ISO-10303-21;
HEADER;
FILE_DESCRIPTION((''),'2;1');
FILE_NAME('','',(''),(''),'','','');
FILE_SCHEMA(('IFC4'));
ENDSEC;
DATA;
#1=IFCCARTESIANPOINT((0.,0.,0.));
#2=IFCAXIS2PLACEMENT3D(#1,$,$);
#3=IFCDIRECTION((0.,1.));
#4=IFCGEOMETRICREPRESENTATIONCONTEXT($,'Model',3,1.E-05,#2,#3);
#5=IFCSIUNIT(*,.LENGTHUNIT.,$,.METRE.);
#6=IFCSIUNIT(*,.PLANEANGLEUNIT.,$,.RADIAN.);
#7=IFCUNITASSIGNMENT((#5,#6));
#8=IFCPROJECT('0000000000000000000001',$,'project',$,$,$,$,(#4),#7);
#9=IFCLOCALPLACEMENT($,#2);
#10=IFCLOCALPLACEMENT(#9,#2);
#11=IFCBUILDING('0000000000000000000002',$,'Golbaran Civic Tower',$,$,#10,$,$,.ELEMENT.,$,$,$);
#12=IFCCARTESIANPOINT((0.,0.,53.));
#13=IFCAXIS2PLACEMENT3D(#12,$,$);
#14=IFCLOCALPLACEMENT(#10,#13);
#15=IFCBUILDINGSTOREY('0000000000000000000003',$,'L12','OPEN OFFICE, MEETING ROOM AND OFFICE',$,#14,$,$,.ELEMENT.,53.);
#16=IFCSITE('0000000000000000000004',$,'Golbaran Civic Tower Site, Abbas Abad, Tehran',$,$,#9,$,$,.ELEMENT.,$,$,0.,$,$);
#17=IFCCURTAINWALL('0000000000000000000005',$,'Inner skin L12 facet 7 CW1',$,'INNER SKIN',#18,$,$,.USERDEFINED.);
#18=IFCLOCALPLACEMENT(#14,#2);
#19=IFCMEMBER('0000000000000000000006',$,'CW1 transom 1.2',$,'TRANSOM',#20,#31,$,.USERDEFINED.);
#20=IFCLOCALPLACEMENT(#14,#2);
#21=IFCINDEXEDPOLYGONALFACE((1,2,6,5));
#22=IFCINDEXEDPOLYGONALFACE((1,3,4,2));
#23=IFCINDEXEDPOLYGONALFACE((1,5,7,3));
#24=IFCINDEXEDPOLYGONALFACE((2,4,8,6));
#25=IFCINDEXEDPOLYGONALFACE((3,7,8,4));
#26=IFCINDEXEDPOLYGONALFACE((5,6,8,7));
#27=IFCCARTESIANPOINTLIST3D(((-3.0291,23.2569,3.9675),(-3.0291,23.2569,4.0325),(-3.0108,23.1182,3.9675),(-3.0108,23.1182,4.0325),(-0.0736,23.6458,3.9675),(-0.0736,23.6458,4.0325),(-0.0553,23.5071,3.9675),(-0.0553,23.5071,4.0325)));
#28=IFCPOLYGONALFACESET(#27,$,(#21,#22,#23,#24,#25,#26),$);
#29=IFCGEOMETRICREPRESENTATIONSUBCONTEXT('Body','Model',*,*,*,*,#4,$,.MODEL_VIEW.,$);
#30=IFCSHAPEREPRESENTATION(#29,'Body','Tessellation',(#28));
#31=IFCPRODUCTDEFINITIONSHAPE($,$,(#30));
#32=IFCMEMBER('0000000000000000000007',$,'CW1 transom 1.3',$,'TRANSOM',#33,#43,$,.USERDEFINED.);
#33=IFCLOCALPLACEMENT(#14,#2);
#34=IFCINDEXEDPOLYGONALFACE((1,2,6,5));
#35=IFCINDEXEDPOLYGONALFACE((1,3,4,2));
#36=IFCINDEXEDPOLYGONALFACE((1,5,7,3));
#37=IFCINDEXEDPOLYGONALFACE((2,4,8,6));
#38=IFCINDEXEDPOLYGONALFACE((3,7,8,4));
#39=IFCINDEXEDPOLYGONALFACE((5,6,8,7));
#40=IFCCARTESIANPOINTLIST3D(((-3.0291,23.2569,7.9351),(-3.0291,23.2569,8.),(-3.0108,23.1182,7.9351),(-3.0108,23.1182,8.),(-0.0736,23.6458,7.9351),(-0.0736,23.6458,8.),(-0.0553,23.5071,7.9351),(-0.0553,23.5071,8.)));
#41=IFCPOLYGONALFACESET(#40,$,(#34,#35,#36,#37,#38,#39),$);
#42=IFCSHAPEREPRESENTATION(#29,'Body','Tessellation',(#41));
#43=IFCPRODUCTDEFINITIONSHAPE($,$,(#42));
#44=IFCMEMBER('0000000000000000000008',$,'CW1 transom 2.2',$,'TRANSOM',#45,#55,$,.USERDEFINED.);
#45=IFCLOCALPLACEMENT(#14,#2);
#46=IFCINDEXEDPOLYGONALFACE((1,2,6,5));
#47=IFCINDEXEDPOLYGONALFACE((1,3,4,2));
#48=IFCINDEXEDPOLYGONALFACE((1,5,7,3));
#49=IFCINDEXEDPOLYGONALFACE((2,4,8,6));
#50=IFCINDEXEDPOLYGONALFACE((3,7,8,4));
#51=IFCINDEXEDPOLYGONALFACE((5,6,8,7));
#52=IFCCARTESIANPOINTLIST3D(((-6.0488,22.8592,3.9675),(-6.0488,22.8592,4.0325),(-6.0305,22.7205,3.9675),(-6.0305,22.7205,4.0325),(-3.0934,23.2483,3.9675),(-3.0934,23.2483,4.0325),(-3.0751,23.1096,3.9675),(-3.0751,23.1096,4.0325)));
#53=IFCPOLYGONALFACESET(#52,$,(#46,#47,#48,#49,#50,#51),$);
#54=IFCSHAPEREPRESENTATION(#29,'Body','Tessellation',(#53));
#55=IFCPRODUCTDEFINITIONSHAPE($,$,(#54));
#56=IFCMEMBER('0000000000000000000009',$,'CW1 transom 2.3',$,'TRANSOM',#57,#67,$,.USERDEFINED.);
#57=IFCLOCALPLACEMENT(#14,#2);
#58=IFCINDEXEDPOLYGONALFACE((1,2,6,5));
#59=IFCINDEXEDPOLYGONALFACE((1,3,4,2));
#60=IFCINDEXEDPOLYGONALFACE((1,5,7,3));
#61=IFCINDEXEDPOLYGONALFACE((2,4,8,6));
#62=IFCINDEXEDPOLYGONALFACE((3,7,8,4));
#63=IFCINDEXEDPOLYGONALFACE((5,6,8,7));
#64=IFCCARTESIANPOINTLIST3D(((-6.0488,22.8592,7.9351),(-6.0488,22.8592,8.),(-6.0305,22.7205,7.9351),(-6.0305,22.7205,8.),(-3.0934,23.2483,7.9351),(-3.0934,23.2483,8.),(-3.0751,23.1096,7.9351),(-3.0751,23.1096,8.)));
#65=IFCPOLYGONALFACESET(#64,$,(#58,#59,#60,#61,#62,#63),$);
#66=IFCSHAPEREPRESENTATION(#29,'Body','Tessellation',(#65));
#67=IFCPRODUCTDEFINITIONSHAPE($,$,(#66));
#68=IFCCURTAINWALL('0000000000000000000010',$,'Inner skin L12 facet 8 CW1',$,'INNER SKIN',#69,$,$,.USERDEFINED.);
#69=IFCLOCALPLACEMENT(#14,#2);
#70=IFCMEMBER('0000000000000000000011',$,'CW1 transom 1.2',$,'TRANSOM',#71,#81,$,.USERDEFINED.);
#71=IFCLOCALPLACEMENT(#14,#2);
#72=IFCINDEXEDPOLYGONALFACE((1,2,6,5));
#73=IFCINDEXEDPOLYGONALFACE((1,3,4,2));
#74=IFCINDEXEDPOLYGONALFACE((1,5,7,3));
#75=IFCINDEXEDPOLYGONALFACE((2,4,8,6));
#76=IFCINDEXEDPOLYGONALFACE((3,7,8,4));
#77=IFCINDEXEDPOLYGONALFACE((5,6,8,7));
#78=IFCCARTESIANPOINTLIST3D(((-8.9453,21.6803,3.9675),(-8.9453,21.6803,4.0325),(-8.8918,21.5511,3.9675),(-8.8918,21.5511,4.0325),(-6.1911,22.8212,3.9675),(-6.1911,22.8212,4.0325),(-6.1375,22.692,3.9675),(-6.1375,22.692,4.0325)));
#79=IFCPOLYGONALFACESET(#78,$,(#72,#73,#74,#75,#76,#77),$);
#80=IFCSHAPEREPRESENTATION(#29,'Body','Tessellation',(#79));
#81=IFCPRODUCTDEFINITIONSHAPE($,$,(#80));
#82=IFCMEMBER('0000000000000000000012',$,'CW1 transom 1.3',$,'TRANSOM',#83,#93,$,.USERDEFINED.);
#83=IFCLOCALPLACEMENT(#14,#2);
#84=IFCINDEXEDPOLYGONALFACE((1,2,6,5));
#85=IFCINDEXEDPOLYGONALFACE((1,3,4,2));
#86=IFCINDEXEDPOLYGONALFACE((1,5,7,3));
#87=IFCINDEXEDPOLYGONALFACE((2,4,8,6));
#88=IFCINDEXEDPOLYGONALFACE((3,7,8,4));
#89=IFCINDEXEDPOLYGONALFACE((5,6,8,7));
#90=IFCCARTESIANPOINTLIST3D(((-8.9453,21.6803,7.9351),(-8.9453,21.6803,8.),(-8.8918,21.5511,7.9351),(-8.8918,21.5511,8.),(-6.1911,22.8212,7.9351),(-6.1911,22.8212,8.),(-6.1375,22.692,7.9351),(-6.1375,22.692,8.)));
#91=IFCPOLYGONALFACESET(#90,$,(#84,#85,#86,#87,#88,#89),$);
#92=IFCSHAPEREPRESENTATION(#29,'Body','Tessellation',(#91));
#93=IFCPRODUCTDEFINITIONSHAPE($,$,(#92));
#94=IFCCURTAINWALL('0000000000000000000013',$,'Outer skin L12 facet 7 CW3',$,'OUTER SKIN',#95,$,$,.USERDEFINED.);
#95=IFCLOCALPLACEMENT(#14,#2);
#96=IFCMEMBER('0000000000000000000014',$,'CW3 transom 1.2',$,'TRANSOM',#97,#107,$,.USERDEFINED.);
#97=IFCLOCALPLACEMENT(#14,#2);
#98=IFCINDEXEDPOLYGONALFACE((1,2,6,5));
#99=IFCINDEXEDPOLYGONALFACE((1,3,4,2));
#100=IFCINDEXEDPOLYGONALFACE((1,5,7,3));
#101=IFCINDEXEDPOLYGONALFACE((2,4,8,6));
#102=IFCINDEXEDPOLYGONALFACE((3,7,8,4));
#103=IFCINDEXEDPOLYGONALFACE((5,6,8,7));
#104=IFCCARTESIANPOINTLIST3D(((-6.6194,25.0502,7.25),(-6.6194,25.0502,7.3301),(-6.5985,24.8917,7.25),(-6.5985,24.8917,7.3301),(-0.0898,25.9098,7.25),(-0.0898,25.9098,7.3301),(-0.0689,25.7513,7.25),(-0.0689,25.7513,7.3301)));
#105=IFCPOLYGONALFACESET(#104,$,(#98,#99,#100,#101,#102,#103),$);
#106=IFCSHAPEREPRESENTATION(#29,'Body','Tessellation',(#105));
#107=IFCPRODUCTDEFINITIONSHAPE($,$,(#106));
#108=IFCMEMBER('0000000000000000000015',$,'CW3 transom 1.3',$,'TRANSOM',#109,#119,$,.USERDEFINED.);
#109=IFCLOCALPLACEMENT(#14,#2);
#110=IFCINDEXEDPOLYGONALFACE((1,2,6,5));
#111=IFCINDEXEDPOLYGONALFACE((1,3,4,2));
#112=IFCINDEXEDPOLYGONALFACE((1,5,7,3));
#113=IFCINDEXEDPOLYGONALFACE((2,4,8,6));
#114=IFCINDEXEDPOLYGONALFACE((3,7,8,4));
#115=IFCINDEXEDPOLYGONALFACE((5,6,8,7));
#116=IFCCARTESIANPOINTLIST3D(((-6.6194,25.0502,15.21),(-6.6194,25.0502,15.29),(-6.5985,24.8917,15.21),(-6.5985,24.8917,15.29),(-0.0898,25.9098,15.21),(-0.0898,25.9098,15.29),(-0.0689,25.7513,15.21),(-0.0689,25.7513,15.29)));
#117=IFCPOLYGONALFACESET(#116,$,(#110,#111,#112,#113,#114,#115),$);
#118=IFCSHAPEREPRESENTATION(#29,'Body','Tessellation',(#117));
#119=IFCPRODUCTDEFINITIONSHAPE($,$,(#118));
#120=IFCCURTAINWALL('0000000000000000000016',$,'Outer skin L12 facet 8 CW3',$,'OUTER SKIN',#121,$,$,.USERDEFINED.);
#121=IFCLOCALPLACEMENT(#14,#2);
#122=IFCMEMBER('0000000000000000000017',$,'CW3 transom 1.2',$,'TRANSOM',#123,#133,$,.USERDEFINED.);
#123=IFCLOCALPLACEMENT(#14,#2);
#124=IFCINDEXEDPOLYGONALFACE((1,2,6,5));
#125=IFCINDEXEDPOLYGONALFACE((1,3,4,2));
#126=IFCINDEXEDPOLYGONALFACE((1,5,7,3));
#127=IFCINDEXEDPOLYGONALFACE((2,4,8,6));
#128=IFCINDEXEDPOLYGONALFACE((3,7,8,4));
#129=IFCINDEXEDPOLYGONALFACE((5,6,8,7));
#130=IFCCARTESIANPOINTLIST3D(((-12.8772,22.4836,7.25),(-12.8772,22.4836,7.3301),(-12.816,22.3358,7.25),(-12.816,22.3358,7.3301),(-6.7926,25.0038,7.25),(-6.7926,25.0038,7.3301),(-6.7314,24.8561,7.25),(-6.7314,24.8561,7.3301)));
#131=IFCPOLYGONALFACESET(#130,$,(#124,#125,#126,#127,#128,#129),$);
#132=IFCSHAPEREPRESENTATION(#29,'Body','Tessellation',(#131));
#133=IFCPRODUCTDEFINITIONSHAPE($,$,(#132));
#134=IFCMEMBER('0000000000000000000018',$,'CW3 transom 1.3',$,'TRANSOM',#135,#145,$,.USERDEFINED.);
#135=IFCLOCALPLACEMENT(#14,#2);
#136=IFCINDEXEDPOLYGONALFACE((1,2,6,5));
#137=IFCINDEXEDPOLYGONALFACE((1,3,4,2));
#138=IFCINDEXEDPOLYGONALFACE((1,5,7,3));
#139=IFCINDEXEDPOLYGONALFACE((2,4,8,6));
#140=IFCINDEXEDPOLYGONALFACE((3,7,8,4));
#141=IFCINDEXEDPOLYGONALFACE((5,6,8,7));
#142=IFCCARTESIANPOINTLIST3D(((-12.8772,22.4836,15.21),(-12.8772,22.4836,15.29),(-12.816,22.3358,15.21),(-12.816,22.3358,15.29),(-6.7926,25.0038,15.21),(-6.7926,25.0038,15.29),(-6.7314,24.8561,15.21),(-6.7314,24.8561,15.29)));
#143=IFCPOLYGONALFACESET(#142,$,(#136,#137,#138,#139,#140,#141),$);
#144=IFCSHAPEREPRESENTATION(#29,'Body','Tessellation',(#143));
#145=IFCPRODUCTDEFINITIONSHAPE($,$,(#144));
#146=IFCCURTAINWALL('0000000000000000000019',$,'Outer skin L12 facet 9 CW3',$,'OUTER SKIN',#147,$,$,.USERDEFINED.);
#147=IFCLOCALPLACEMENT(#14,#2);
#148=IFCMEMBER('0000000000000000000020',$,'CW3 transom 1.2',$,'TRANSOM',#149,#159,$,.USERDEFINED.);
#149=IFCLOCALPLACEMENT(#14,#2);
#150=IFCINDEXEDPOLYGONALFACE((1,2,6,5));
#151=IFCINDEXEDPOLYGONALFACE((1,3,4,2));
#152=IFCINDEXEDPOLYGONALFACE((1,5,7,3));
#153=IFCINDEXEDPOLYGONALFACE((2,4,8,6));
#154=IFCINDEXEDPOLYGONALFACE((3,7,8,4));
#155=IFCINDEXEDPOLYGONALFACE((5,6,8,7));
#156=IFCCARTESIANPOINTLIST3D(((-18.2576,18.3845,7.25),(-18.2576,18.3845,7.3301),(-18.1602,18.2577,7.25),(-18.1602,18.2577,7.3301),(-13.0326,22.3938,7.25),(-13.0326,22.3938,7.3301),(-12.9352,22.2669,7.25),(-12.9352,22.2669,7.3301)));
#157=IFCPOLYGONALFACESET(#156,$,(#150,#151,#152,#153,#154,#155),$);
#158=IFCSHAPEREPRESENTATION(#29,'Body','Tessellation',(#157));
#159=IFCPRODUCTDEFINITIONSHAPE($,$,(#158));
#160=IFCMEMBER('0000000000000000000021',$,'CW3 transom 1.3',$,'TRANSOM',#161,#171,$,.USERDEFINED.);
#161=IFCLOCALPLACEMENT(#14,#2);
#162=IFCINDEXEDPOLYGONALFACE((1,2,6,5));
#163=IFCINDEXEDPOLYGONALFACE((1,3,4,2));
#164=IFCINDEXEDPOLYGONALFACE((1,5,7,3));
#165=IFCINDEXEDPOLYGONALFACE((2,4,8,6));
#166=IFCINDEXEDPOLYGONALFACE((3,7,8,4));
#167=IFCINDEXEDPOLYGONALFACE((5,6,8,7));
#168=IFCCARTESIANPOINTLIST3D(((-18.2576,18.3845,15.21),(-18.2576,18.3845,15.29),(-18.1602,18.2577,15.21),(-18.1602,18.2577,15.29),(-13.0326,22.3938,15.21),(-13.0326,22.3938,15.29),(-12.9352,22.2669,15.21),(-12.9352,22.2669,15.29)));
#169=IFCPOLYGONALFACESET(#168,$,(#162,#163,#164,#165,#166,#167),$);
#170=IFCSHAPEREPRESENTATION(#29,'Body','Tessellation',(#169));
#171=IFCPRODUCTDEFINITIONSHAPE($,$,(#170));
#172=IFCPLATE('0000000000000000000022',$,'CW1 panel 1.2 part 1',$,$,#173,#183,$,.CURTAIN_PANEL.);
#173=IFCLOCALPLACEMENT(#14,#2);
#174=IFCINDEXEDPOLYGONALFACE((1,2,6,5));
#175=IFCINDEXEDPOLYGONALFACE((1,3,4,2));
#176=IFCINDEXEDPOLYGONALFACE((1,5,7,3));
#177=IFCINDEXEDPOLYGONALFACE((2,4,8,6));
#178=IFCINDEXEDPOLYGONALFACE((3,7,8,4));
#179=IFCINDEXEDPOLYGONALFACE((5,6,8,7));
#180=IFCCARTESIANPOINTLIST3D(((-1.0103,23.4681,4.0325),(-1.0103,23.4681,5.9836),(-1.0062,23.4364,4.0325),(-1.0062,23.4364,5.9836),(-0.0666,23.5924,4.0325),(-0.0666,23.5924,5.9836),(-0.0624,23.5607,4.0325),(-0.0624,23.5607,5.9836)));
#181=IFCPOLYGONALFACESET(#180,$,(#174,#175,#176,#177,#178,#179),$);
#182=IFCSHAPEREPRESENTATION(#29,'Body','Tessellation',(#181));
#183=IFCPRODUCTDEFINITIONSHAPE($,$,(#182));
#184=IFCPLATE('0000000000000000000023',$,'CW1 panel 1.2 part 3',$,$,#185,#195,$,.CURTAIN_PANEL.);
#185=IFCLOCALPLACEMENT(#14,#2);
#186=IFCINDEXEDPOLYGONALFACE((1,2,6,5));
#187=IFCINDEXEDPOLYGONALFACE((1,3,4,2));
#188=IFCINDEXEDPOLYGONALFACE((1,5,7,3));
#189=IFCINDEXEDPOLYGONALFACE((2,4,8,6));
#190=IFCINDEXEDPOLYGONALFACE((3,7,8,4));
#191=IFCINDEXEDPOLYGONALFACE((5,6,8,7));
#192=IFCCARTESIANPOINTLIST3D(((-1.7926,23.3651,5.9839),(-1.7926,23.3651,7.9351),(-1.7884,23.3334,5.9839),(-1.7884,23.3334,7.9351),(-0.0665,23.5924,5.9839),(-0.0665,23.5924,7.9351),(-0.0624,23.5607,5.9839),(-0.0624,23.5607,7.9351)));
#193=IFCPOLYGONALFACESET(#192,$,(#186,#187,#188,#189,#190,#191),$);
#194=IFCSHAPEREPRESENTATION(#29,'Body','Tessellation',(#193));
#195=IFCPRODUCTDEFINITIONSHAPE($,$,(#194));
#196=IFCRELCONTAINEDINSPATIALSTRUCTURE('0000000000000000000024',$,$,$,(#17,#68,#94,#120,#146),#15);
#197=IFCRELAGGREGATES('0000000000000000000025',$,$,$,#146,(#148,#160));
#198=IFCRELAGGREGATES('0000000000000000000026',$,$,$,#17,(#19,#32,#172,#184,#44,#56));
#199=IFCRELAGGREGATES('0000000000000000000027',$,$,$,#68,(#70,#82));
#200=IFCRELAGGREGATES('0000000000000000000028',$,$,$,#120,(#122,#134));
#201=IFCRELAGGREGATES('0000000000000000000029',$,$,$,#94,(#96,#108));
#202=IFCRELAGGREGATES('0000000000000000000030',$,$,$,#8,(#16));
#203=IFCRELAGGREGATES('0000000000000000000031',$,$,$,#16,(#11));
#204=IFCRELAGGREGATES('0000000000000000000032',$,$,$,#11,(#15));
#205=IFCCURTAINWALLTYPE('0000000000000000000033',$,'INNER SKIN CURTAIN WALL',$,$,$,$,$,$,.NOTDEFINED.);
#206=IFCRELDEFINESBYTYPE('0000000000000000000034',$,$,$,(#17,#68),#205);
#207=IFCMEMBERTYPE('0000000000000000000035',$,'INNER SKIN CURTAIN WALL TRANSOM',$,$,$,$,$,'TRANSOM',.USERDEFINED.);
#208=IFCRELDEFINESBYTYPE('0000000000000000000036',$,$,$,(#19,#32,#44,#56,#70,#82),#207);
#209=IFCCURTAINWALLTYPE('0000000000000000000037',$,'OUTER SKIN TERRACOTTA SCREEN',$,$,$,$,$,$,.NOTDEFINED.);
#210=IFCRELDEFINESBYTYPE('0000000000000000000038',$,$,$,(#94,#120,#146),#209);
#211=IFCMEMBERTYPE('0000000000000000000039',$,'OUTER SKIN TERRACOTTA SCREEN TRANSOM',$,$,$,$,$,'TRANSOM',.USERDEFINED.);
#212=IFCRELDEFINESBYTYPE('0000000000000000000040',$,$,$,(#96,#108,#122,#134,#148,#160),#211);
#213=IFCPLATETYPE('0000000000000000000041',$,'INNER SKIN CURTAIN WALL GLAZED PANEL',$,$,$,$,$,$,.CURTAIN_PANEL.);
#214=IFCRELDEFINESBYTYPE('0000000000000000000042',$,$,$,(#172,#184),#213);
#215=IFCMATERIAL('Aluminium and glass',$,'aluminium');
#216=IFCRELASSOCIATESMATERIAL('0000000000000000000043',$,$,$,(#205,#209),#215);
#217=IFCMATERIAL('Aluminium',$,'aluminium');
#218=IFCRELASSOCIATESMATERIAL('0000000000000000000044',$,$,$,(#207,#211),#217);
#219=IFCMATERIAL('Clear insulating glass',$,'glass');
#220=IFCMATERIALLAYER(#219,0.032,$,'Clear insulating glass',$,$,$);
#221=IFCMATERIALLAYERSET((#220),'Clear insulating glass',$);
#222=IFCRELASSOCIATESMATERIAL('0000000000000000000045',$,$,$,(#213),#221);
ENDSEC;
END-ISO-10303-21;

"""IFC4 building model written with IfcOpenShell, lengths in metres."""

from ifc_helpers import new_model, si_unit, direction, frame, origin, origin_2d, place, context, subcontext, project, spatial, rectangle, extrude, material, layer, layer_set, material_profile, profile_set, type_object, element, aggregate, save


model = new_model("IFC4")

# Units and contexts
model_context = context("Model", 3, precision=1e-05, world=origin(), true_north=direction((0.0, 1.0)))
body_context = subcontext(model_context, "Body", "Model", "MODEL_VIEW")
ifc_project = project(units=[si_unit("LENGTHUNIT", "METRE"), si_unit("PLANEANGLEUNIT", "RADIAN")], contexts=[model_context])

# Site, building, storey
site_placement = place(None, origin())
site = spatial("IfcSite", under=ifc_project, at=site_placement, Name="Golbaran Civic Tower Site, Abbas Abad, Tehran", CompositionType="ELEMENT", RefElevation=0.0)
building_placement = place(site_placement, origin())
building = spatial("IfcBuilding", under=site, at=building_placement, Name="Golbaran Civic Tower", CompositionType="ELEMENT")
storey_placement = place(building_placement, frame((0.0, 0.0, 53.0)))
storey = spatial("IfcBuildingStorey", under=building, at=storey_placement, Name="L12", Description="OPEN OFFICE, MEETING ROOM AND OFFICE", CompositionType="ELEMENT", Elevation=53.0)

# Curtain walls, members
ifc_material_1 = material(Name="Aluminium and glass", Category="aluminium")
curtain_wall_type_1 = type_object("IfcCurtainWallType", Name="INNER SKIN CURTAIN WALL", PredefinedType="NOTDEFINED", material=ifc_material_1)
curtain_wall_1_placement = place(storey_placement, origin())
curtain_wall_1 = element("IfcCurtainWall", 1, at=curtain_wall_1_placement, inside=storey, type_object=curtain_wall_type_1, Name="Inner skin L12 facet 7 CW1", ObjectType="INNER SKIN", PredefinedType="USERDEFINED")
ifc_material_2 = material(Name="Aluminium", Category="aluminium")
ifc_material_profile_1 = material_profile(ifc_material_2, rectangle(XDim=0.1399, YDim=0.0649, at=origin_2d()), Name="INNER SKIN CURTAIN WALL TRANSOM")
ifc_profile_set_1 = profile_set([ifc_material_profile_1], Name="Aluminium")
member_type_1 = type_object("IfcMemberType", Name="INNER SKIN CURTAIN WALL TRANSOM", ElementType="TRANSOM", PredefinedType="USERDEFINED", material=ifc_profile_set_1)
member_1_placement = place(storey_placement, frame((-0.0645, 23.5764, 4.0), z_axis=(-0.991453, -0.130463, 0.0), x_axis=(0.130463, -0.991453, 0.0)))
member_1 = element("IfcMember", 2, at=member_1_placement, type_object=member_type_1, Name="CW1 transom 1.2", ObjectType="TRANSOM", PredefinedType="USERDEFINED", context=body_context, shape_type="SweptSolid", body=[
    extrude(rectangle(XDim=0.1399, YDim=0.0649, at=origin_2d()), origin(), (0.0, 0.0, 1.0), 2.981),
])
member_2_placement = place(storey_placement, frame((-0.0645, 23.5764, 7.9675), z_axis=(-0.991453, -0.130463, 0.0), x_axis=(0.130463, -0.991453, 0.0)))
member_2 = element("IfcMember", 3, at=member_2_placement, type_object=member_type_1, Name="CW1 transom 1.3", ObjectType="TRANSOM", PredefinedType="USERDEFINED", context=body_context, shape_type="SweptSolid", body=[
    extrude(rectangle(XDim=0.1399, YDim=0.0649, at=origin_2d()), origin(), (0.0, 0.0, 1.0), 2.981),
])
member_3_placement = place(storey_placement, frame((-3.0842, 23.179, 4.0), z_axis=(-0.991443, -0.130543, 0.0), x_axis=(0.130543, -0.991443, 0.0)))
member_3 = element("IfcMember", 4, at=member_3_placement, type_object=member_type_1, Name="CW1 transom 2.2", ObjectType="TRANSOM", PredefinedType="USERDEFINED", context=body_context, shape_type="SweptSolid", body=[
    extrude(rectangle(XDim=0.1399, YDim=0.0649, at=origin_2d()), origin(), (0.0, 0.0, 1.0), 2.981),
])
member_4_placement = place(storey_placement, frame((-3.0842, 23.179, 7.9675), z_axis=(-0.991443, -0.130543, 0.0), x_axis=(0.130543, -0.991443, 0.0)))
member_4 = element("IfcMember", 5, at=member_4_placement, type_object=member_type_1, Name="CW1 transom 2.3", ObjectType="TRANSOM", PredefinedType="USERDEFINED", context=body_context, shape_type="SweptSolid", body=[
    extrude(rectangle(XDim=0.1399, YDim=0.0649, at=origin_2d()), origin(), (0.0, 0.0, 1.0), 2.981),
])
curtain_wall_2_placement = place(storey_placement, origin())
curtain_wall_2 = element("IfcCurtainWall", 6, at=curtain_wall_2_placement, inside=storey, type_object=curtain_wall_type_1, Name="Inner skin L12 facet 8 CW1", ObjectType="INNER SKIN", PredefinedType="USERDEFINED")
member_5_placement = place(storey_placement, frame((-6.1643, 22.7566, 4.0), z_axis=(-0.923872, -0.382701, 0.0), x_axis=(0.382701, -0.923872, 0.0)))
member_5 = element("IfcMember", 7, at=member_5_placement, type_object=member_type_1, Name="CW1 transom 1.2", ObjectType="TRANSOM", PredefinedType="USERDEFINED", context=body_context, shape_type="SweptSolid", body=[
    extrude(rectangle(XDim=0.1399, YDim=0.0649, at=origin_2d()), origin(), (0.0, 0.0, 1.0), 2.9812),
])
member_6_placement = place(storey_placement, frame((-6.1643, 22.7566, 7.9675), z_axis=(-0.923872, -0.382701, 0.0), x_axis=(0.382701, -0.923872, 0.0)))
member_6 = element("IfcMember", 8, at=member_6_placement, type_object=member_type_1, Name="CW1 transom 1.3", ObjectType="TRANSOM", PredefinedType="USERDEFINED", context=body_context, shape_type="SweptSolid", body=[
    extrude(rectangle(XDim=0.1399, YDim=0.0649, at=origin_2d()), origin(), (0.0, 0.0, 1.0), 2.9812),
])
curtain_wall_type_2 = type_object("IfcCurtainWallType", Name="OUTER SKIN TERRACOTTA SCREEN", PredefinedType="NOTDEFINED", material=ifc_material_1)
curtain_wall_3_placement = place(storey_placement, origin())
curtain_wall_3 = element("IfcCurtainWall", 9, at=curtain_wall_3_placement, inside=storey, type_object=curtain_wall_type_2, Name="Outer skin L12 facet 7 CW3", ObjectType="OUTER SKIN", PredefinedType="USERDEFINED")
ifc_material_profile_2 = material_profile(ifc_material_2, rectangle(XDim=0.1599, YDim=0.0801, at=origin_2d()), Name="OUTER SKIN TERRACOTTA SCREEN TRANSOM")
ifc_profile_set_2 = profile_set([ifc_material_profile_2], Name="Aluminium")
member_type_2 = type_object("IfcMemberType", Name="OUTER SKIN TERRACOTTA SCREEN TRANSOM", ElementType="TRANSOM", PredefinedType="USERDEFINED", material=ifc_profile_set_2)
member_7_placement = place(storey_placement, frame((-0.0793, 25.8306, 7.29), z_axis=(-0.991445, -0.130525, 0.0), x_axis=(0.130525, -0.991445, 0.0)))
member_7 = element("IfcMember", 10, at=member_7_placement, type_object=member_type_2, Name="CW3 transom 1.2", ObjectType="TRANSOM", PredefinedType="USERDEFINED", context=body_context, shape_type="SweptSolid", body=[
    extrude(rectangle(XDim=0.1599, YDim=0.0801, at=origin_2d()), origin(), (0.0, 0.0, 1.0), 6.5859),
])
member_8_placement = place(storey_placement, frame((-0.0793, 25.8306, 15.25), z_axis=(-0.991445, -0.130525, 0.0), x_axis=(0.130525, -0.991445, 0.0)))
member_8 = element("IfcMember", 11, at=member_8_placement, type_object=member_type_2, Name="CW3 transom 1.3", ObjectType="TRANSOM", PredefinedType="USERDEFINED", context=body_context, shape_type="SweptSolid", body=[
    extrude(rectangle(XDim=0.1599, YDim=0.0801, at=origin_2d()), origin(), (0.0, 0.0, 1.0), 6.5859),
])
curtain_wall_4_placement = place(storey_placement, origin())
curtain_wall_4 = element("IfcCurtainWall", 12, at=curtain_wall_4_placement, inside=storey, type_object=curtain_wall_type_2, Name="Outer skin L12 facet 8 CW3", ObjectType="OUTER SKIN", PredefinedType="USERDEFINED")
member_9_placement = place(storey_placement, frame((-6.762, 24.9299, 7.29), z_axis=(-0.923885, -0.382669, 0.0), x_axis=(0.382669, -0.923885, 0.0)))
member_9 = element("IfcMember", 13, at=member_9_placement, type_object=member_type_2, Name="CW3 transom 1.2", ObjectType="TRANSOM", PredefinedType="USERDEFINED", context=body_context, shape_type="SweptSolid", body=[
    extrude(rectangle(XDim=0.1599, YDim=0.0801, at=origin_2d()), origin(), (0.0, 0.0, 1.0), 6.5859),
])
member_10_placement = place(storey_placement, frame((-6.762, 24.9299, 15.25), z_axis=(-0.923885, -0.382669, 0.0), x_axis=(0.382669, -0.923885, 0.0)))
member_10 = element("IfcMember", 14, at=member_10_placement, type_object=member_type_2, Name="CW3 transom 1.3", ObjectType="TRANSOM", PredefinedType="USERDEFINED", context=body_context, shape_type="SweptSolid", body=[
    extrude(rectangle(XDim=0.1599, YDim=0.0801, at=origin_2d()), origin(), (0.0, 0.0, 1.0), 6.5859),
])
curtain_wall_5_placement = place(storey_placement, origin())
curtain_wall_5 = element("IfcCurtainWall", 15, at=curtain_wall_5_placement, inside=storey, type_object=curtain_wall_type_2, Name="Outer skin L12 facet 9 CW3", ObjectType="OUTER SKIN", PredefinedType="USERDEFINED")
member_11_placement = place(storey_placement, frame((-12.9839, 22.3303, 7.29), z_axis=(-0.793359, -0.608754, 0.0), x_axis=(0.608754, -0.793359, 0.0)))
member_11 = element("IfcMember", 16, at=member_11_placement, type_object=member_type_2, Name="CW3 transom 1.2", ObjectType="TRANSOM", PredefinedType="USERDEFINED", context=body_context, shape_type="SweptSolid", body=[
    extrude(rectangle(XDim=0.1599, YDim=0.0801, at=origin_2d()), origin(), (0.0, 0.0, 1.0), 6.5859),
])
member_12_placement = place(storey_placement, frame((-12.9839, 22.3303, 15.25), z_axis=(-0.793359, -0.608754, 0.0), x_axis=(0.608754, -0.793359, 0.0)))
member_12 = element("IfcMember", 17, at=member_12_placement, type_object=member_type_2, Name="CW3 transom 1.3", ObjectType="TRANSOM", PredefinedType="USERDEFINED", context=body_context, shape_type="SweptSolid", body=[
    extrude(rectangle(XDim=0.1599, YDim=0.0801, at=origin_2d()), origin(), (0.0, 0.0, 1.0), 6.5859),
])
aggregate(curtain_wall_5, [member_11, member_12])

# Plates
ifc_material_3 = material(Name="Clear insulating glass", Category="glass")
ifc_layer_1 = layer(ifc_material_3, 0.032, Name="Clear insulating glass")
ifc_layer_set_1 = layer_set([ifc_layer_1], Name="Clear insulating glass")
plate_type_1 = type_object("IfcPlateType", Name="INNER SKIN CURTAIN WALL GLAZED PANEL", PredefinedType="CURTAIN_PANEL", material=ifc_layer_set_1)
plate_1_placement = place(storey_placement, frame((-0.5364, 23.5144, 4.0325), z_axis=(0.0, 0.0, 1.0), x_axis=(-0.991445, -0.130526, 0.0)))
plate_1 = element("IfcPlate", 18, at=plate_1_placement, type_object=plate_type_1, Name="CW1 panel 1.2 part 1", PredefinedType="CURTAIN_PANEL", context=body_context, shape_type="SweptSolid", body=[
    extrude(rectangle(XDim=0.9519, YDim=0.032, at=origin_2d()), origin(), (0.0, 0.0, 1.0), 1.9512),
])
plate_2_placement = place(storey_placement, frame((-0.9275, 23.4629, 5.9839), z_axis=(0.0, 0.0, 1.0), x_axis=(-0.991445, -0.130526, 0.0)))
plate_2 = element("IfcPlate", 19, at=plate_2_placement, type_object=plate_type_1, Name="CW1 panel 1.2 part 3", PredefinedType="CURTAIN_PANEL", context=body_context, shape_type="SweptSolid", body=[
    extrude(rectangle(XDim=1.741, YDim=0.032, at=origin_2d()), origin(), (0.0, 0.0, 1.0), 1.9512),
])
aggregate(curtain_wall_1, [member_1, member_2, plate_1, plate_2, member_3, member_4])
aggregate(curtain_wall_2, [member_5, member_6])
aggregate(curtain_wall_4, [member_9, member_10])
aggregate(curtain_wall_3, [member_7, member_8])

save(model, "model.ifc")
